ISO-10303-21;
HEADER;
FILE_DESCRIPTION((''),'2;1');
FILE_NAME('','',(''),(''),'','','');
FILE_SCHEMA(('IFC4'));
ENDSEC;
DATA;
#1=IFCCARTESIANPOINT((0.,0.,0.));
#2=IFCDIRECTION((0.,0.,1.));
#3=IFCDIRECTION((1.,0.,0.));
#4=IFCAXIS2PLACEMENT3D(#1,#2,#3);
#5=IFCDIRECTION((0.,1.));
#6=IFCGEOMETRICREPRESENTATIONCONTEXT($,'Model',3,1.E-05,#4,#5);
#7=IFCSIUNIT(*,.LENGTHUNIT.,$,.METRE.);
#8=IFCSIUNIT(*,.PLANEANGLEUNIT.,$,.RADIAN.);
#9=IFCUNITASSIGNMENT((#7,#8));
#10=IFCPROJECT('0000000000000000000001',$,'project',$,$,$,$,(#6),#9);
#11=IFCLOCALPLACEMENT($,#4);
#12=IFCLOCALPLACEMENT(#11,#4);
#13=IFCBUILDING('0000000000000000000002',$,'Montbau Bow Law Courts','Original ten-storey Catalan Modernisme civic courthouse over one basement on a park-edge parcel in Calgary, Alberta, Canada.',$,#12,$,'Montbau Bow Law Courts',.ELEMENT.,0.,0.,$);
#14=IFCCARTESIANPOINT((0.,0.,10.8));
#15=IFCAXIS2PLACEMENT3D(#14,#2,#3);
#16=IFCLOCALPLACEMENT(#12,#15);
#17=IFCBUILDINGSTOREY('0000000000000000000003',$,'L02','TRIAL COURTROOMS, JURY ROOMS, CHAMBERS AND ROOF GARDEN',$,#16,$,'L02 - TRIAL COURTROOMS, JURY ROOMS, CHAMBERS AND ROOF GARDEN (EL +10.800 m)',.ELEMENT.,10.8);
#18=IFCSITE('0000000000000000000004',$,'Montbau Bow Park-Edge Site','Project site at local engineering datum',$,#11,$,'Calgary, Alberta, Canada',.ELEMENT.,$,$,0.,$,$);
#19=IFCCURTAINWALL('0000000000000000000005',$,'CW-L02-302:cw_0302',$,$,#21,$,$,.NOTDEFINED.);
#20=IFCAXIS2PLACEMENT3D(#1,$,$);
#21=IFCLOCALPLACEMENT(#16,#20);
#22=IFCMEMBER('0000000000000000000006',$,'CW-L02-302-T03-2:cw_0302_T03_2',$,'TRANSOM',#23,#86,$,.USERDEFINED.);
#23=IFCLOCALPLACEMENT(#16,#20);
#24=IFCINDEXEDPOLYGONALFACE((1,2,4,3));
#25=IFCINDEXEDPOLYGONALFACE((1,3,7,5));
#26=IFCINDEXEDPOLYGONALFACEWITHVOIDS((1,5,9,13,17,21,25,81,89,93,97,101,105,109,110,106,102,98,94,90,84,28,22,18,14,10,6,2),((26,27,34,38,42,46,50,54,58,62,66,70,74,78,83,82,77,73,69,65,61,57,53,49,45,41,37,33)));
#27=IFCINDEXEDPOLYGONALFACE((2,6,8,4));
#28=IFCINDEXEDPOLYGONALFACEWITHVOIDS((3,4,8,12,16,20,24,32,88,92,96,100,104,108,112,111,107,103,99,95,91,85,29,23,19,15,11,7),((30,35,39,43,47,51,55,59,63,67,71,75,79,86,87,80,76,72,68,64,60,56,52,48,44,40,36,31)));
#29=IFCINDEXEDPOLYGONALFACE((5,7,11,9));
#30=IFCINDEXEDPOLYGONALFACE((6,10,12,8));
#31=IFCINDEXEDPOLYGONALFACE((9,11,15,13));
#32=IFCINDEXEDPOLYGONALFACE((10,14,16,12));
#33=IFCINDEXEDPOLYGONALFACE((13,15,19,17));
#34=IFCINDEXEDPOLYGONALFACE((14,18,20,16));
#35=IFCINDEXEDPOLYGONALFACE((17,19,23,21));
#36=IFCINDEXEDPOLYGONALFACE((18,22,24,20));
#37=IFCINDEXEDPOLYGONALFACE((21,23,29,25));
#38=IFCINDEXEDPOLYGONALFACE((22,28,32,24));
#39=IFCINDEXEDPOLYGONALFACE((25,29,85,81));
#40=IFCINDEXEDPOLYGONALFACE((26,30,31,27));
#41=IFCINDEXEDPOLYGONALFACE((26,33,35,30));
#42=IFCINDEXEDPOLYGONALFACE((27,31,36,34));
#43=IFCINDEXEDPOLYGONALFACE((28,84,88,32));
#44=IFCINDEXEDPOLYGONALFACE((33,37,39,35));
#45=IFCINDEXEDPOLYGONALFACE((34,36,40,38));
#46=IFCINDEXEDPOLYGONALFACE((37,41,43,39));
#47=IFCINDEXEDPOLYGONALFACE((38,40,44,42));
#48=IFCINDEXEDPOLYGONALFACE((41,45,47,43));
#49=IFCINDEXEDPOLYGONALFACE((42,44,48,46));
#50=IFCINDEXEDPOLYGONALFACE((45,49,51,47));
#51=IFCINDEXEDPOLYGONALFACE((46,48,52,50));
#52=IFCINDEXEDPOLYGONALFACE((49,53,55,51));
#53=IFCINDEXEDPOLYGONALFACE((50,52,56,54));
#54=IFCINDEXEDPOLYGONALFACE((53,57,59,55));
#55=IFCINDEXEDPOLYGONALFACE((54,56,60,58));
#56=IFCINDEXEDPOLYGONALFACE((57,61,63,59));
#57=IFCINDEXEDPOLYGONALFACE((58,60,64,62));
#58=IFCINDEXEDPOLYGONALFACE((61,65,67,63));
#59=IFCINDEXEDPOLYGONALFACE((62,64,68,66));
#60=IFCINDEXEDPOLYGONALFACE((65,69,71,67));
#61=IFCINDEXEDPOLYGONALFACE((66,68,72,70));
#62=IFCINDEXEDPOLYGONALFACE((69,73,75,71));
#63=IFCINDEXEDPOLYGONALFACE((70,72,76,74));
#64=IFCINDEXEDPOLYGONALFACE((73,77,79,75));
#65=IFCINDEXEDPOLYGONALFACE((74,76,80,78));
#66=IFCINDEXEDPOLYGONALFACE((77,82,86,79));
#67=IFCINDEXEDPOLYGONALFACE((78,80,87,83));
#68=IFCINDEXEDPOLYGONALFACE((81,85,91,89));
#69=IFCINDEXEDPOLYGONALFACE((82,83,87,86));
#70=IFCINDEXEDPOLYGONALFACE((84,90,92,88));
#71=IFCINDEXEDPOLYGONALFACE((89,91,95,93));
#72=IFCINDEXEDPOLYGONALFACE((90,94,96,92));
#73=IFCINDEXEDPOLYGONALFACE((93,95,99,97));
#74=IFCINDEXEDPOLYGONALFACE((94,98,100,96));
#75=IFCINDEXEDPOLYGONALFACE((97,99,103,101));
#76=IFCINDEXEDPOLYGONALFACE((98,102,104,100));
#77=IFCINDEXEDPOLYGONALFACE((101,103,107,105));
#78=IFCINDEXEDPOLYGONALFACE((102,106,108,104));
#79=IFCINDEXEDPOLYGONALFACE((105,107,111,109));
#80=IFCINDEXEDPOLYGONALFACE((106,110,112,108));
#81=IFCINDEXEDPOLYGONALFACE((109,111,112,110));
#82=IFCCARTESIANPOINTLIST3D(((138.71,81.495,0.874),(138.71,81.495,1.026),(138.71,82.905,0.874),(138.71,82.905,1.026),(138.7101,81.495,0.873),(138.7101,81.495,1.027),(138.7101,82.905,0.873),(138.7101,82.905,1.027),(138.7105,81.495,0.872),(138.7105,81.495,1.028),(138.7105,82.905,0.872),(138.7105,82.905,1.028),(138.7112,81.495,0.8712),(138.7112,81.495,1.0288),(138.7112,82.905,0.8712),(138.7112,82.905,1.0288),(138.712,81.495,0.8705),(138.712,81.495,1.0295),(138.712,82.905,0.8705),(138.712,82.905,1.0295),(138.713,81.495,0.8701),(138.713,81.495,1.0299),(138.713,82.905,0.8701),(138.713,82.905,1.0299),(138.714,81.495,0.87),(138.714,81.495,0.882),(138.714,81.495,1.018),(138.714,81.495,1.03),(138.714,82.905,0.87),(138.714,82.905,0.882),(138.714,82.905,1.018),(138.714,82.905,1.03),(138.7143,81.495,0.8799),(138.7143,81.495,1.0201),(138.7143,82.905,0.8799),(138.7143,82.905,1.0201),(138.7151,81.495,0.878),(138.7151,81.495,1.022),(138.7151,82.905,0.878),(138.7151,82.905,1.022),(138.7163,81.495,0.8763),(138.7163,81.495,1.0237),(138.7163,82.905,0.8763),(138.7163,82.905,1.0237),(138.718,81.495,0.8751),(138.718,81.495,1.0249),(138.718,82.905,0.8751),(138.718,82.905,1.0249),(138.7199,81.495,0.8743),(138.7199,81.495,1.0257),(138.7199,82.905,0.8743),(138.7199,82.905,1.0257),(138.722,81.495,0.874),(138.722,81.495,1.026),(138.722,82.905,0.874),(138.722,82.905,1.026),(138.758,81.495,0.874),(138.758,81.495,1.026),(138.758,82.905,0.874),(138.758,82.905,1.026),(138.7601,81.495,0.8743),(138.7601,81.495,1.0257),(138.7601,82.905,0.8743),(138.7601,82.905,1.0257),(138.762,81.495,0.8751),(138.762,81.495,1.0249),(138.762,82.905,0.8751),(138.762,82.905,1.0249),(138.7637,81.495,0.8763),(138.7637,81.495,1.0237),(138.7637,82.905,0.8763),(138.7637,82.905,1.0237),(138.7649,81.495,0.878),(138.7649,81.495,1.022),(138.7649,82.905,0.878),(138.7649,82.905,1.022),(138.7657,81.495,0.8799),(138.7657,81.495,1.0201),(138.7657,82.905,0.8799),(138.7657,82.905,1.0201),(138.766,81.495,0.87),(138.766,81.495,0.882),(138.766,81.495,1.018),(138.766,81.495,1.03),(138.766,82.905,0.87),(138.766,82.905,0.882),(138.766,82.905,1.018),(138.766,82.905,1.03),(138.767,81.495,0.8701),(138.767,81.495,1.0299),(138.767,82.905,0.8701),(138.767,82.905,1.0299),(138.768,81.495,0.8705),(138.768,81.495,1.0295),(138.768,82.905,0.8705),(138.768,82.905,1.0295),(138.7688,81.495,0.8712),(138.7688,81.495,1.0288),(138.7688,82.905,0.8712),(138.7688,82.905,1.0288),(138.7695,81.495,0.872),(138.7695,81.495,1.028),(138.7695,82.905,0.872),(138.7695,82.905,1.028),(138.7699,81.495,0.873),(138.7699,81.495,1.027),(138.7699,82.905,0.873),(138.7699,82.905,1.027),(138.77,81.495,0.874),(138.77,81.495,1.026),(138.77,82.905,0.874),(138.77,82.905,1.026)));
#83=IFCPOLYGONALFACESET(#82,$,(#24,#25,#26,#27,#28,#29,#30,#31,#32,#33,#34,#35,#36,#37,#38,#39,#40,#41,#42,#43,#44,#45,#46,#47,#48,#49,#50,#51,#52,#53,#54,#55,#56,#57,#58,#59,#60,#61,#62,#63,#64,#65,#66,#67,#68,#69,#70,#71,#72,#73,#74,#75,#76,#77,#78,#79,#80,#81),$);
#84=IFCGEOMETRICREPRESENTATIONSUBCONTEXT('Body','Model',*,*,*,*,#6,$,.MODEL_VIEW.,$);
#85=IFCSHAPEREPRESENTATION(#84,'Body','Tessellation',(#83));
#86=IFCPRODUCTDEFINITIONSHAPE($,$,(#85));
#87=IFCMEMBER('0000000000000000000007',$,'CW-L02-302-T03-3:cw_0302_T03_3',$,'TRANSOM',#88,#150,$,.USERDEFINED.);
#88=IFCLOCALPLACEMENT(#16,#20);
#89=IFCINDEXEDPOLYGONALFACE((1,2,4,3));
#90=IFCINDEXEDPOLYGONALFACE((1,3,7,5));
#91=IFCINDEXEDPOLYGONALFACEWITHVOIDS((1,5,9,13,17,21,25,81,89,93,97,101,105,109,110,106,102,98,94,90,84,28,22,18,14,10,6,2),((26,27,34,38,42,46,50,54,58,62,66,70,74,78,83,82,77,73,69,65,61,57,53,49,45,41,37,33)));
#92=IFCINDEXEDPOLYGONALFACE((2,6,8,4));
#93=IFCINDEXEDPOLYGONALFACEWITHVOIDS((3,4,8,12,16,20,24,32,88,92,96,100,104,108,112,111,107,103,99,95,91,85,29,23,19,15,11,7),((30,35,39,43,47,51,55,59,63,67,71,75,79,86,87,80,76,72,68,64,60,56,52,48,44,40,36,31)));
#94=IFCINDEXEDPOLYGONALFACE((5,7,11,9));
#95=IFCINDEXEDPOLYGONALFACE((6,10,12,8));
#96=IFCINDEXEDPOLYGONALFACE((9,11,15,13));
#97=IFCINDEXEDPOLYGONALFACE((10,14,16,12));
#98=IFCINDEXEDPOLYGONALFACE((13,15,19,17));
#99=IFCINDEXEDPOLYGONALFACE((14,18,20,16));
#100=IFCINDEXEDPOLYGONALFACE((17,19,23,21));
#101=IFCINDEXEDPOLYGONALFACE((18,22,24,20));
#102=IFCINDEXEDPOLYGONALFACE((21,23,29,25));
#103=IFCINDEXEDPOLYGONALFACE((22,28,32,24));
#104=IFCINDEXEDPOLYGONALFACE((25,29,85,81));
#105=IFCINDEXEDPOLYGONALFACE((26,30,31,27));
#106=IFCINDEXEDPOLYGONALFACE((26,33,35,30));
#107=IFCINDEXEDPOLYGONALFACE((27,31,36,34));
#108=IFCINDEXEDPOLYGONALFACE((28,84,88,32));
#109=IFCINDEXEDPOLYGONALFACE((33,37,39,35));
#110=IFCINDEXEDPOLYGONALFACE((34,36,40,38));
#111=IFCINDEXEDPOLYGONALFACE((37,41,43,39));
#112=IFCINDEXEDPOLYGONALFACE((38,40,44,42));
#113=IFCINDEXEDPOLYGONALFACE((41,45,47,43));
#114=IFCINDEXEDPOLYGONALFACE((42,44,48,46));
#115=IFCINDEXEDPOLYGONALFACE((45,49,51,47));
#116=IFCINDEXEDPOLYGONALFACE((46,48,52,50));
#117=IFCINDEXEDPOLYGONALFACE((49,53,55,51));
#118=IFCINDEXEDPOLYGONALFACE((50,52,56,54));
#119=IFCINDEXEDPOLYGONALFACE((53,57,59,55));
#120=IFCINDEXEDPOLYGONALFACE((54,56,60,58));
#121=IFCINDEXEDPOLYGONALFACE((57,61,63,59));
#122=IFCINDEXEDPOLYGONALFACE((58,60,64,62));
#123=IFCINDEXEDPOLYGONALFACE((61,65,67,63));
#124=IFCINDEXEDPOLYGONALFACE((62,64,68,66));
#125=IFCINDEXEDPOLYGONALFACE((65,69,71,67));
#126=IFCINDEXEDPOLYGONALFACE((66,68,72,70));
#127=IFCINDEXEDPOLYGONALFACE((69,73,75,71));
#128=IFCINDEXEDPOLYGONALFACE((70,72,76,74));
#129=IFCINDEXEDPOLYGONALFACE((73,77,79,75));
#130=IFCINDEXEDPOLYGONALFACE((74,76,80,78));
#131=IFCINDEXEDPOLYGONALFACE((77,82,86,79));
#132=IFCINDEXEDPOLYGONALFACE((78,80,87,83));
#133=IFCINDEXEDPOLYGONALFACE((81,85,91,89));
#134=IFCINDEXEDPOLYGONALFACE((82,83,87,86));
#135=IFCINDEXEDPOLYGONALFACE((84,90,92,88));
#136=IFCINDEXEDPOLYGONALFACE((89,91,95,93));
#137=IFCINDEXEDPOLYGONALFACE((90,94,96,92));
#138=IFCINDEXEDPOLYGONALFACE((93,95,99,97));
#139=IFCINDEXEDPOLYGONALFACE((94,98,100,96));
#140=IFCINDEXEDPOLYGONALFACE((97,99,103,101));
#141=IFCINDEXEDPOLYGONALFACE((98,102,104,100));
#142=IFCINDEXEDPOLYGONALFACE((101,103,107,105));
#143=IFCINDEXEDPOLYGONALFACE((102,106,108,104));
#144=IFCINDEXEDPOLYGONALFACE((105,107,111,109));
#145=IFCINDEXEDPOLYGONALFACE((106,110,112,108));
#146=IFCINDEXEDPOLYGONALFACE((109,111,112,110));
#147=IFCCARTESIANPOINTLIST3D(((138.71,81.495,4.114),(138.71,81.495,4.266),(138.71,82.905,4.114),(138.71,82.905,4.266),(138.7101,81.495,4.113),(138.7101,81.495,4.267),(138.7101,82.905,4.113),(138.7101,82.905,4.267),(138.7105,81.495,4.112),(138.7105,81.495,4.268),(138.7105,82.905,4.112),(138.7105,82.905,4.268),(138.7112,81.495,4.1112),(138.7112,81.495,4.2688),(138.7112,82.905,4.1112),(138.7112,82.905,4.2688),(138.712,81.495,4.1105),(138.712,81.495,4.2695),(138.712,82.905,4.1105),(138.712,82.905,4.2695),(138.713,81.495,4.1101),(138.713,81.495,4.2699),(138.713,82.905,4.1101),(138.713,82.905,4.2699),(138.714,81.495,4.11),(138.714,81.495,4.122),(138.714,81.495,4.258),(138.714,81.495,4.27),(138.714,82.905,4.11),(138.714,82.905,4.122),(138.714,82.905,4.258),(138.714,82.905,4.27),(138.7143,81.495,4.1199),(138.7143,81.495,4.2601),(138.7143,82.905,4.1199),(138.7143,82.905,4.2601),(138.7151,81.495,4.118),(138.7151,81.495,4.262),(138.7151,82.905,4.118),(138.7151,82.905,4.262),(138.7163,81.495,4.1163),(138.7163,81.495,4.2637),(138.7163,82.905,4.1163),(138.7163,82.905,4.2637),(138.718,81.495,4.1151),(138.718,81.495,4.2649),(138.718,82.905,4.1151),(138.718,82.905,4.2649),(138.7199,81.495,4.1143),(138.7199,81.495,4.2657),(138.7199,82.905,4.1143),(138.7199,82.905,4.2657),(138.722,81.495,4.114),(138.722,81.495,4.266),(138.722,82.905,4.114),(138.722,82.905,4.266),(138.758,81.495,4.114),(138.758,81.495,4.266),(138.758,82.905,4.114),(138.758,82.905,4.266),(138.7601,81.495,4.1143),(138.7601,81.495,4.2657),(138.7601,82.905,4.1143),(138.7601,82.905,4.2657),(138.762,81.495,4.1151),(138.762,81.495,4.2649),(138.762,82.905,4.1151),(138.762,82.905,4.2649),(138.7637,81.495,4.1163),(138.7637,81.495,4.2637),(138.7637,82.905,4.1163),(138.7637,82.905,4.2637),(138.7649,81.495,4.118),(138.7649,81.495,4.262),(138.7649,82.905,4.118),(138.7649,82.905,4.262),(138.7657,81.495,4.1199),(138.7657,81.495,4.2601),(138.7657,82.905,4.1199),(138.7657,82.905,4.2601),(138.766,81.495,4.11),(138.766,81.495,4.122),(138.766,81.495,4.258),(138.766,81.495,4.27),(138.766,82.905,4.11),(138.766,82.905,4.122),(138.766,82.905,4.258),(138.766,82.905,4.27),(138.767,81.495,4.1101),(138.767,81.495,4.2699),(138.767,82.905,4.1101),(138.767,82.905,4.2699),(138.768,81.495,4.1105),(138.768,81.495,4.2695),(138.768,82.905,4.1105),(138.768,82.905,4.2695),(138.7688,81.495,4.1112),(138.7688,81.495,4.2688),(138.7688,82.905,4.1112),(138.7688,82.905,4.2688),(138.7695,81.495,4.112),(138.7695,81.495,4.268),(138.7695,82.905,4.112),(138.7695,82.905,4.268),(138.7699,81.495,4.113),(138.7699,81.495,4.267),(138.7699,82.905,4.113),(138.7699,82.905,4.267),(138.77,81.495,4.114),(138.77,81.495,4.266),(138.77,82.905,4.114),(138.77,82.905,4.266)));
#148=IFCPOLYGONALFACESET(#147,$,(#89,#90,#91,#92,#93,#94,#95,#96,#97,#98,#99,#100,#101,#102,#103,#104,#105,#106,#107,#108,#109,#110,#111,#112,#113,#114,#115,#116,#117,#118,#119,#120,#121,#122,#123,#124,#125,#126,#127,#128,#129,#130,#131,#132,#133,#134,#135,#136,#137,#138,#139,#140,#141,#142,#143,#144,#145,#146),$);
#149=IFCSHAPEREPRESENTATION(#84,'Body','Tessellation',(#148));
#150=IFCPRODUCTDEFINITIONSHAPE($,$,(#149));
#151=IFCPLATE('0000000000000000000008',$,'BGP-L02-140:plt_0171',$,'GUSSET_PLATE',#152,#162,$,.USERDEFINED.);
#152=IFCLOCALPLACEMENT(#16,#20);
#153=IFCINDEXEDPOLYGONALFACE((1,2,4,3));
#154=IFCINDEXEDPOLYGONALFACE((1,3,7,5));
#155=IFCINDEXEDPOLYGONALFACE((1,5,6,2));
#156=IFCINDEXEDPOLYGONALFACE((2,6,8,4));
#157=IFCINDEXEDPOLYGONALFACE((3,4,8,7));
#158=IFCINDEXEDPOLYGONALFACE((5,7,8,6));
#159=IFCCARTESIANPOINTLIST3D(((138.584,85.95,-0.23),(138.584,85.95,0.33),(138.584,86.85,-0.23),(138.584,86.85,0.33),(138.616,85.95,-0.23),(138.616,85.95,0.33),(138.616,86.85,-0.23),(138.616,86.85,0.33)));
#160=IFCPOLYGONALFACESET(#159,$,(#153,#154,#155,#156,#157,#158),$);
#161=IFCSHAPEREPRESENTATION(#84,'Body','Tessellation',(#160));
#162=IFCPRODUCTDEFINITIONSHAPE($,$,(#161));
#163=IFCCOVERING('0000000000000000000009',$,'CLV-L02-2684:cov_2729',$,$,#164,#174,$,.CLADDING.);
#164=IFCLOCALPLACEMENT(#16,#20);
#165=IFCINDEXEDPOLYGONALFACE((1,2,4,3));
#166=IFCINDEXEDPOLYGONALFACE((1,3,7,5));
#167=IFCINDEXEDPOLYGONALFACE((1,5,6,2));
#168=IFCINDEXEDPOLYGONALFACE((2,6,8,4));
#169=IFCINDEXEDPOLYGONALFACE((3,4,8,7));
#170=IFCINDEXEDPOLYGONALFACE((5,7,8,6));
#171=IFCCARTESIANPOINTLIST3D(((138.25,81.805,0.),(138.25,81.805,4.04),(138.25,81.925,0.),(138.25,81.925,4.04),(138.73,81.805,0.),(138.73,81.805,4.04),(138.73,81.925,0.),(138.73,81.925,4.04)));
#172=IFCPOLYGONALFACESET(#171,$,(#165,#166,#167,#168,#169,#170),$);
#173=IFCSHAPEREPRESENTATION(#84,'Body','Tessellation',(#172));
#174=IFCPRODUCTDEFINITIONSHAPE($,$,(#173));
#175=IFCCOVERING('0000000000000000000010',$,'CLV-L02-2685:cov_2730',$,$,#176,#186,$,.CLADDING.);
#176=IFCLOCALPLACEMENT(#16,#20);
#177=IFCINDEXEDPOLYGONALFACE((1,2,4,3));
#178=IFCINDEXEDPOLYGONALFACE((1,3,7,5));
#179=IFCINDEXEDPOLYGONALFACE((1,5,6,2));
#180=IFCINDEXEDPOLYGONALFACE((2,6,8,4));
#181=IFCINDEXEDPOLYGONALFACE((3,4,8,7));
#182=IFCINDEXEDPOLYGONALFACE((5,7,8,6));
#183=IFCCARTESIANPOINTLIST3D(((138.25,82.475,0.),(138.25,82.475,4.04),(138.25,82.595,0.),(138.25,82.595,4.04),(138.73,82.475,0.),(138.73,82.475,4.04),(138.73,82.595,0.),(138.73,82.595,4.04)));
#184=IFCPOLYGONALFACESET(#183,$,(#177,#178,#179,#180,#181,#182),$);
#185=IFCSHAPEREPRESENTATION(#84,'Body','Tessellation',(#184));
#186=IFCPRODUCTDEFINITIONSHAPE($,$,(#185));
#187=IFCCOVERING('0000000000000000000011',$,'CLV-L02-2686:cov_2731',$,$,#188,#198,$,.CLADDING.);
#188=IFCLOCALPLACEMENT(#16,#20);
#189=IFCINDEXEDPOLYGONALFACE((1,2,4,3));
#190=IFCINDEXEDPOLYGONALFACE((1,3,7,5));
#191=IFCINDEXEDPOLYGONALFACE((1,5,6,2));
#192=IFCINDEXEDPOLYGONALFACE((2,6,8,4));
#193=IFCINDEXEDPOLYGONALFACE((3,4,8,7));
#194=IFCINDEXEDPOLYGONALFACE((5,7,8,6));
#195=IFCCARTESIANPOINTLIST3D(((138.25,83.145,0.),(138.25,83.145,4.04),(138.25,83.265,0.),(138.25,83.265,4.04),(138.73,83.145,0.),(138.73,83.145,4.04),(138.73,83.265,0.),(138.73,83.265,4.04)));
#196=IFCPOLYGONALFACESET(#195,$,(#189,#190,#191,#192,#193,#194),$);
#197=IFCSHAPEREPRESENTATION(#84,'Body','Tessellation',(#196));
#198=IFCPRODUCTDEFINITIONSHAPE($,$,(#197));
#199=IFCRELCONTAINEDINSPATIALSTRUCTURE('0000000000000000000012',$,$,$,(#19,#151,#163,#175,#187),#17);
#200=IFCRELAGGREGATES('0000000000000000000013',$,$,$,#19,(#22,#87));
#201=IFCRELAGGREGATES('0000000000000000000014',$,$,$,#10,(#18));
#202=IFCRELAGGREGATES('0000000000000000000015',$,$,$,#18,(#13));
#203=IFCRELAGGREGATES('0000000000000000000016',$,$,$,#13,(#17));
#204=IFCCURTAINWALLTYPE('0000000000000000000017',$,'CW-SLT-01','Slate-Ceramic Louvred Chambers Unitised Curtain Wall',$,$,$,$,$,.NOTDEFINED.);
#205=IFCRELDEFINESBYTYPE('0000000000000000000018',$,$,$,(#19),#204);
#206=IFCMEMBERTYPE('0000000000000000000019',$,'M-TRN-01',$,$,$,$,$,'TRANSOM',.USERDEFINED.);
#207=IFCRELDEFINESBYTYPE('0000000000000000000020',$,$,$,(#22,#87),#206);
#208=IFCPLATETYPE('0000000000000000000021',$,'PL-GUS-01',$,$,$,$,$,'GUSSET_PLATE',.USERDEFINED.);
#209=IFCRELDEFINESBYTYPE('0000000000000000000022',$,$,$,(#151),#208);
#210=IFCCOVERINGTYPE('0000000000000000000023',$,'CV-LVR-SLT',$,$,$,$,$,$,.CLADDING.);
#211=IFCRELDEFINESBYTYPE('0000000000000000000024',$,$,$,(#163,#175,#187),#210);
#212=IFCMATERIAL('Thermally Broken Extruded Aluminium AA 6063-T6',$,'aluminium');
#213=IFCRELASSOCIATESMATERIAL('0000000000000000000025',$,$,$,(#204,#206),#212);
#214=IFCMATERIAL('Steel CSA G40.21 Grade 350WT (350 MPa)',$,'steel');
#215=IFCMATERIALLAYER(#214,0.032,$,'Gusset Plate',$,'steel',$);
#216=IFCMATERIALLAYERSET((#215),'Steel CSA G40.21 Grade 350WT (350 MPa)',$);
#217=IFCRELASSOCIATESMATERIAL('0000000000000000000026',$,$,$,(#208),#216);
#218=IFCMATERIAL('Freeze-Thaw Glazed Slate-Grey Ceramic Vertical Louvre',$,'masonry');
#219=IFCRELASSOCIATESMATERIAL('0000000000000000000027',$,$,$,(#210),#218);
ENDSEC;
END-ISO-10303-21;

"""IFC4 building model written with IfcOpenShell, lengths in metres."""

from ifc_helpers import new_model, si_unit, direction, frame, frame_2d, origin_with_axes, origin_2d_with_axis, place, context, subcontext, project, spatial, rectangle, hollow_rectangle, extrude, material, layer, layer_set, material_profile, profile_set, type_object, element, aggregate, save


model = new_model("IFC4")

# Units and contexts
model_context = context("Model", 3, precision=1e-05, world=origin_with_axes(), true_north=direction((0.0, 1.0)))
body_context = subcontext(model_context, "Body", "Model", "MODEL_VIEW")
ifc_project = project(units=[si_unit("LENGTHUNIT", "METRE"), si_unit("PLANEANGLEUNIT", "RADIAN")], contexts=[model_context])

# Site, building, storey
site_placement = place(None, origin_with_axes())
site = spatial("IfcSite", under=ifc_project, at=site_placement, Name="Montbau Bow Park-Edge Site", Description="Project site at local engineering datum", LongName="Calgary, Alberta, Canada", CompositionType="ELEMENT", RefElevation=0.0)
building_placement = place(site_placement, origin_with_axes())
building = spatial("IfcBuilding", under=site, at=building_placement, Name="Montbau Bow Law Courts", Description="Original ten-storey Catalan Modernisme civic courthouse over one basement on a park-edge parcel in Calgary, Alberta, Canada.", LongName="Montbau Bow Law Courts", CompositionType="ELEMENT", ElevationOfRefHeight=0.0, ElevationOfTerrain=0.0)
storey_placement = place(building_placement, frame((0.0, 0.0, 10.8), z_axis=(0.0, 0.0, 1.0), x_axis=(1.0, 0.0, 0.0)))
storey = spatial("IfcBuildingStorey", under=building, at=storey_placement, Name="L02", Description="TRIAL COURTROOMS, JURY ROOMS, CHAMBERS AND ROOF GARDEN", LongName="L02 - TRIAL COURTROOMS, JURY ROOMS, CHAMBERS AND ROOF GARDEN (EL +10.800 m)", CompositionType="ELEMENT", Elevation=10.8)

# Shared definitions
ifc_material_1 = material(Name="Steel CSA G40.21 Grade 350WT (350 MPa)", Category="steel")

# Curtain wall, members
ifc_material_2 = material(Name="Thermally Broken Extruded Aluminium AA 6063-T6", Category="aluminium")
curtain_wall_type = type_object("IfcCurtainWallType", Name="CW-SLT-01", Description="Slate-Ceramic Louvred Chambers Unitised Curtain Wall", PredefinedType="NOTDEFINED", material=ifc_material_2)
curtain_wall_placement = place(None, frame((138.74, 78.515, 10.8), z_axis=(0.0, 0.0, 1.0), x_axis=(1.0, 0.0, 0.0)))
curtain_wall = element("IfcCurtainWall", 1, at=curtain_wall_placement, inside=storey, type_object=curtain_wall_type, Name="CW-L02-302:cw_0302", PredefinedType="NOTDEFINED")
ifc_material_profile_1 = material_profile(ifc_material_2, hollow_rectangle(XDim=0.06, YDim=0.16, WallThickness=0.004, InnerFilletRadius=0.008, OuterFilletRadius=0.004, at=origin_2d_with_axis()), Name="CWT-160X60", Category="Main", Priority=0)
ifc_profile_set_1 = profile_set([ifc_material_profile_1], Name="Thermally Broken Extruded Aluminium AA 6063-T6")
member_type_1 = type_object("IfcMemberType", Name="M-TRN-01", ElementType="TRANSOM", PredefinedType="USERDEFINED", material=ifc_profile_set_1)
member_1_placement = place(None, frame((138.74, 81.495, 11.75), z_axis=(0.0, 1.0, 0.0), x_axis=(-1.0, 0.0, 0.0)))
member_1 = element("IfcMember", 2, at=member_1_placement, type_object=member_type_1, Name="CW-L02-302-T03-2:cw_0302_T03_2", ObjectType="TRANSOM", PredefinedType="USERDEFINED", context=body_context, shape_type="SweptSolid", body=[
    extrude(hollow_rectangle(XDim=0.06, YDim=0.16, WallThickness=0.004, InnerFilletRadius=0.008, OuterFilletRadius=0.004, at=origin_2d_with_axis()), origin_with_axes(), (0.0, 0.0, 1.0), 1.41),
])
member_2_placement = place(None, frame((138.74, 81.495, 14.99), z_axis=(0.0, 1.0, 0.0), x_axis=(-1.0, 0.0, 0.0)))
member_2 = element("IfcMember", 3, at=member_2_placement, type_object=member_type_1, Name="CW-L02-302-T03-3:cw_0302_T03_3", ObjectType="TRANSOM", PredefinedType="USERDEFINED", context=body_context, shape_type="SweptSolid", body=[
    extrude(hollow_rectangle(XDim=0.06, YDim=0.16, WallThickness=0.004, InnerFilletRadius=0.008, OuterFilletRadius=0.004, at=origin_2d_with_axis()), origin_with_axes(), (0.0, 0.0, 1.0), 1.41),
])
aggregate(curtain_wall, [member_1, member_2])

# Plate
ifc_layer = layer(ifc_material_1, 0.032, Name="Gusset Plate", Category="steel")
ifc_layer_set = layer_set([ifc_layer], Name="Steel CSA G40.21 Grade 350WT (350 MPa)")
plate_type = type_object("IfcPlateType", Name="PL-GUS-01", ElementType="GUSSET_PLATE", PredefinedType="USERDEFINED", material=ifc_layer_set)
plate_placement = place(None, frame((138.6, 86.4, 10.57), z_axis=(0.0, 0.0, 1.0), x_axis=(0.0, 1.0, 0.0)))
element("IfcPlate", 4, at=plate_placement, inside=storey, type_object=plate_type, Name="BGP-L02-140:plt_0171", ObjectType="GUSSET_PLATE", PredefinedType="USERDEFINED", context=body_context, shape_type="SweptSolid", body=[
    extrude(rectangle(XDim=0.9, YDim=0.032, at=origin_2d_with_axis()), origin_with_axes(), (0.0, 0.0, 1.0), 0.56),
])

# Coverings
ifc_material_3 = material(Name="Freeze-Thaw Glazed Slate-Grey Ceramic Vertical Louvre", Category="masonry")
covering_type = type_object("IfcCoveringType", Name="CV-LVR-SLT", PredefinedType="CLADDING", material=ifc_material_3)
for number, where, z_axis, x_axis, name in (
    (5, (138.73, 81.865, 10.8), (0.0, 1.0, 0.0), (-1.0, 0.0, 0.0), "CLV-L02-2684:cov_2729"),
    (6, (138.73, 82.535, 10.8), (0.0, 1.0, 0.0), (-1.0, 0.0, 0.0), "CLV-L02-2685:cov_2730"),
    (7, (138.73, 83.205, 10.8), (0.0, 1.0, 0.0), (-1.0, 0.0, 0.0), "CLV-L02-2686:cov_2731"),
):
    element("IfcCovering", number, at=place(None, frame(where, z_axis=z_axis, x_axis=x_axis)), inside=storey, type_object=covering_type, Name=name, PredefinedType="CLADDING", context=body_context, shape_type="SweptSolid", body=[
        extrude(rectangle(XDim=0.48, YDim=4.04, at=frame_2d((0.24, 2.02), x_axis=(1.0, 0.0))), frame((0.0, 0.0, -0.06), z_axis=(0.0, 0.0, 1.0), x_axis=(1.0, 0.0, 0.0)), (0.0, 0.0, 1.0), 0.12),
    ])

save(model, "model.ifc")
